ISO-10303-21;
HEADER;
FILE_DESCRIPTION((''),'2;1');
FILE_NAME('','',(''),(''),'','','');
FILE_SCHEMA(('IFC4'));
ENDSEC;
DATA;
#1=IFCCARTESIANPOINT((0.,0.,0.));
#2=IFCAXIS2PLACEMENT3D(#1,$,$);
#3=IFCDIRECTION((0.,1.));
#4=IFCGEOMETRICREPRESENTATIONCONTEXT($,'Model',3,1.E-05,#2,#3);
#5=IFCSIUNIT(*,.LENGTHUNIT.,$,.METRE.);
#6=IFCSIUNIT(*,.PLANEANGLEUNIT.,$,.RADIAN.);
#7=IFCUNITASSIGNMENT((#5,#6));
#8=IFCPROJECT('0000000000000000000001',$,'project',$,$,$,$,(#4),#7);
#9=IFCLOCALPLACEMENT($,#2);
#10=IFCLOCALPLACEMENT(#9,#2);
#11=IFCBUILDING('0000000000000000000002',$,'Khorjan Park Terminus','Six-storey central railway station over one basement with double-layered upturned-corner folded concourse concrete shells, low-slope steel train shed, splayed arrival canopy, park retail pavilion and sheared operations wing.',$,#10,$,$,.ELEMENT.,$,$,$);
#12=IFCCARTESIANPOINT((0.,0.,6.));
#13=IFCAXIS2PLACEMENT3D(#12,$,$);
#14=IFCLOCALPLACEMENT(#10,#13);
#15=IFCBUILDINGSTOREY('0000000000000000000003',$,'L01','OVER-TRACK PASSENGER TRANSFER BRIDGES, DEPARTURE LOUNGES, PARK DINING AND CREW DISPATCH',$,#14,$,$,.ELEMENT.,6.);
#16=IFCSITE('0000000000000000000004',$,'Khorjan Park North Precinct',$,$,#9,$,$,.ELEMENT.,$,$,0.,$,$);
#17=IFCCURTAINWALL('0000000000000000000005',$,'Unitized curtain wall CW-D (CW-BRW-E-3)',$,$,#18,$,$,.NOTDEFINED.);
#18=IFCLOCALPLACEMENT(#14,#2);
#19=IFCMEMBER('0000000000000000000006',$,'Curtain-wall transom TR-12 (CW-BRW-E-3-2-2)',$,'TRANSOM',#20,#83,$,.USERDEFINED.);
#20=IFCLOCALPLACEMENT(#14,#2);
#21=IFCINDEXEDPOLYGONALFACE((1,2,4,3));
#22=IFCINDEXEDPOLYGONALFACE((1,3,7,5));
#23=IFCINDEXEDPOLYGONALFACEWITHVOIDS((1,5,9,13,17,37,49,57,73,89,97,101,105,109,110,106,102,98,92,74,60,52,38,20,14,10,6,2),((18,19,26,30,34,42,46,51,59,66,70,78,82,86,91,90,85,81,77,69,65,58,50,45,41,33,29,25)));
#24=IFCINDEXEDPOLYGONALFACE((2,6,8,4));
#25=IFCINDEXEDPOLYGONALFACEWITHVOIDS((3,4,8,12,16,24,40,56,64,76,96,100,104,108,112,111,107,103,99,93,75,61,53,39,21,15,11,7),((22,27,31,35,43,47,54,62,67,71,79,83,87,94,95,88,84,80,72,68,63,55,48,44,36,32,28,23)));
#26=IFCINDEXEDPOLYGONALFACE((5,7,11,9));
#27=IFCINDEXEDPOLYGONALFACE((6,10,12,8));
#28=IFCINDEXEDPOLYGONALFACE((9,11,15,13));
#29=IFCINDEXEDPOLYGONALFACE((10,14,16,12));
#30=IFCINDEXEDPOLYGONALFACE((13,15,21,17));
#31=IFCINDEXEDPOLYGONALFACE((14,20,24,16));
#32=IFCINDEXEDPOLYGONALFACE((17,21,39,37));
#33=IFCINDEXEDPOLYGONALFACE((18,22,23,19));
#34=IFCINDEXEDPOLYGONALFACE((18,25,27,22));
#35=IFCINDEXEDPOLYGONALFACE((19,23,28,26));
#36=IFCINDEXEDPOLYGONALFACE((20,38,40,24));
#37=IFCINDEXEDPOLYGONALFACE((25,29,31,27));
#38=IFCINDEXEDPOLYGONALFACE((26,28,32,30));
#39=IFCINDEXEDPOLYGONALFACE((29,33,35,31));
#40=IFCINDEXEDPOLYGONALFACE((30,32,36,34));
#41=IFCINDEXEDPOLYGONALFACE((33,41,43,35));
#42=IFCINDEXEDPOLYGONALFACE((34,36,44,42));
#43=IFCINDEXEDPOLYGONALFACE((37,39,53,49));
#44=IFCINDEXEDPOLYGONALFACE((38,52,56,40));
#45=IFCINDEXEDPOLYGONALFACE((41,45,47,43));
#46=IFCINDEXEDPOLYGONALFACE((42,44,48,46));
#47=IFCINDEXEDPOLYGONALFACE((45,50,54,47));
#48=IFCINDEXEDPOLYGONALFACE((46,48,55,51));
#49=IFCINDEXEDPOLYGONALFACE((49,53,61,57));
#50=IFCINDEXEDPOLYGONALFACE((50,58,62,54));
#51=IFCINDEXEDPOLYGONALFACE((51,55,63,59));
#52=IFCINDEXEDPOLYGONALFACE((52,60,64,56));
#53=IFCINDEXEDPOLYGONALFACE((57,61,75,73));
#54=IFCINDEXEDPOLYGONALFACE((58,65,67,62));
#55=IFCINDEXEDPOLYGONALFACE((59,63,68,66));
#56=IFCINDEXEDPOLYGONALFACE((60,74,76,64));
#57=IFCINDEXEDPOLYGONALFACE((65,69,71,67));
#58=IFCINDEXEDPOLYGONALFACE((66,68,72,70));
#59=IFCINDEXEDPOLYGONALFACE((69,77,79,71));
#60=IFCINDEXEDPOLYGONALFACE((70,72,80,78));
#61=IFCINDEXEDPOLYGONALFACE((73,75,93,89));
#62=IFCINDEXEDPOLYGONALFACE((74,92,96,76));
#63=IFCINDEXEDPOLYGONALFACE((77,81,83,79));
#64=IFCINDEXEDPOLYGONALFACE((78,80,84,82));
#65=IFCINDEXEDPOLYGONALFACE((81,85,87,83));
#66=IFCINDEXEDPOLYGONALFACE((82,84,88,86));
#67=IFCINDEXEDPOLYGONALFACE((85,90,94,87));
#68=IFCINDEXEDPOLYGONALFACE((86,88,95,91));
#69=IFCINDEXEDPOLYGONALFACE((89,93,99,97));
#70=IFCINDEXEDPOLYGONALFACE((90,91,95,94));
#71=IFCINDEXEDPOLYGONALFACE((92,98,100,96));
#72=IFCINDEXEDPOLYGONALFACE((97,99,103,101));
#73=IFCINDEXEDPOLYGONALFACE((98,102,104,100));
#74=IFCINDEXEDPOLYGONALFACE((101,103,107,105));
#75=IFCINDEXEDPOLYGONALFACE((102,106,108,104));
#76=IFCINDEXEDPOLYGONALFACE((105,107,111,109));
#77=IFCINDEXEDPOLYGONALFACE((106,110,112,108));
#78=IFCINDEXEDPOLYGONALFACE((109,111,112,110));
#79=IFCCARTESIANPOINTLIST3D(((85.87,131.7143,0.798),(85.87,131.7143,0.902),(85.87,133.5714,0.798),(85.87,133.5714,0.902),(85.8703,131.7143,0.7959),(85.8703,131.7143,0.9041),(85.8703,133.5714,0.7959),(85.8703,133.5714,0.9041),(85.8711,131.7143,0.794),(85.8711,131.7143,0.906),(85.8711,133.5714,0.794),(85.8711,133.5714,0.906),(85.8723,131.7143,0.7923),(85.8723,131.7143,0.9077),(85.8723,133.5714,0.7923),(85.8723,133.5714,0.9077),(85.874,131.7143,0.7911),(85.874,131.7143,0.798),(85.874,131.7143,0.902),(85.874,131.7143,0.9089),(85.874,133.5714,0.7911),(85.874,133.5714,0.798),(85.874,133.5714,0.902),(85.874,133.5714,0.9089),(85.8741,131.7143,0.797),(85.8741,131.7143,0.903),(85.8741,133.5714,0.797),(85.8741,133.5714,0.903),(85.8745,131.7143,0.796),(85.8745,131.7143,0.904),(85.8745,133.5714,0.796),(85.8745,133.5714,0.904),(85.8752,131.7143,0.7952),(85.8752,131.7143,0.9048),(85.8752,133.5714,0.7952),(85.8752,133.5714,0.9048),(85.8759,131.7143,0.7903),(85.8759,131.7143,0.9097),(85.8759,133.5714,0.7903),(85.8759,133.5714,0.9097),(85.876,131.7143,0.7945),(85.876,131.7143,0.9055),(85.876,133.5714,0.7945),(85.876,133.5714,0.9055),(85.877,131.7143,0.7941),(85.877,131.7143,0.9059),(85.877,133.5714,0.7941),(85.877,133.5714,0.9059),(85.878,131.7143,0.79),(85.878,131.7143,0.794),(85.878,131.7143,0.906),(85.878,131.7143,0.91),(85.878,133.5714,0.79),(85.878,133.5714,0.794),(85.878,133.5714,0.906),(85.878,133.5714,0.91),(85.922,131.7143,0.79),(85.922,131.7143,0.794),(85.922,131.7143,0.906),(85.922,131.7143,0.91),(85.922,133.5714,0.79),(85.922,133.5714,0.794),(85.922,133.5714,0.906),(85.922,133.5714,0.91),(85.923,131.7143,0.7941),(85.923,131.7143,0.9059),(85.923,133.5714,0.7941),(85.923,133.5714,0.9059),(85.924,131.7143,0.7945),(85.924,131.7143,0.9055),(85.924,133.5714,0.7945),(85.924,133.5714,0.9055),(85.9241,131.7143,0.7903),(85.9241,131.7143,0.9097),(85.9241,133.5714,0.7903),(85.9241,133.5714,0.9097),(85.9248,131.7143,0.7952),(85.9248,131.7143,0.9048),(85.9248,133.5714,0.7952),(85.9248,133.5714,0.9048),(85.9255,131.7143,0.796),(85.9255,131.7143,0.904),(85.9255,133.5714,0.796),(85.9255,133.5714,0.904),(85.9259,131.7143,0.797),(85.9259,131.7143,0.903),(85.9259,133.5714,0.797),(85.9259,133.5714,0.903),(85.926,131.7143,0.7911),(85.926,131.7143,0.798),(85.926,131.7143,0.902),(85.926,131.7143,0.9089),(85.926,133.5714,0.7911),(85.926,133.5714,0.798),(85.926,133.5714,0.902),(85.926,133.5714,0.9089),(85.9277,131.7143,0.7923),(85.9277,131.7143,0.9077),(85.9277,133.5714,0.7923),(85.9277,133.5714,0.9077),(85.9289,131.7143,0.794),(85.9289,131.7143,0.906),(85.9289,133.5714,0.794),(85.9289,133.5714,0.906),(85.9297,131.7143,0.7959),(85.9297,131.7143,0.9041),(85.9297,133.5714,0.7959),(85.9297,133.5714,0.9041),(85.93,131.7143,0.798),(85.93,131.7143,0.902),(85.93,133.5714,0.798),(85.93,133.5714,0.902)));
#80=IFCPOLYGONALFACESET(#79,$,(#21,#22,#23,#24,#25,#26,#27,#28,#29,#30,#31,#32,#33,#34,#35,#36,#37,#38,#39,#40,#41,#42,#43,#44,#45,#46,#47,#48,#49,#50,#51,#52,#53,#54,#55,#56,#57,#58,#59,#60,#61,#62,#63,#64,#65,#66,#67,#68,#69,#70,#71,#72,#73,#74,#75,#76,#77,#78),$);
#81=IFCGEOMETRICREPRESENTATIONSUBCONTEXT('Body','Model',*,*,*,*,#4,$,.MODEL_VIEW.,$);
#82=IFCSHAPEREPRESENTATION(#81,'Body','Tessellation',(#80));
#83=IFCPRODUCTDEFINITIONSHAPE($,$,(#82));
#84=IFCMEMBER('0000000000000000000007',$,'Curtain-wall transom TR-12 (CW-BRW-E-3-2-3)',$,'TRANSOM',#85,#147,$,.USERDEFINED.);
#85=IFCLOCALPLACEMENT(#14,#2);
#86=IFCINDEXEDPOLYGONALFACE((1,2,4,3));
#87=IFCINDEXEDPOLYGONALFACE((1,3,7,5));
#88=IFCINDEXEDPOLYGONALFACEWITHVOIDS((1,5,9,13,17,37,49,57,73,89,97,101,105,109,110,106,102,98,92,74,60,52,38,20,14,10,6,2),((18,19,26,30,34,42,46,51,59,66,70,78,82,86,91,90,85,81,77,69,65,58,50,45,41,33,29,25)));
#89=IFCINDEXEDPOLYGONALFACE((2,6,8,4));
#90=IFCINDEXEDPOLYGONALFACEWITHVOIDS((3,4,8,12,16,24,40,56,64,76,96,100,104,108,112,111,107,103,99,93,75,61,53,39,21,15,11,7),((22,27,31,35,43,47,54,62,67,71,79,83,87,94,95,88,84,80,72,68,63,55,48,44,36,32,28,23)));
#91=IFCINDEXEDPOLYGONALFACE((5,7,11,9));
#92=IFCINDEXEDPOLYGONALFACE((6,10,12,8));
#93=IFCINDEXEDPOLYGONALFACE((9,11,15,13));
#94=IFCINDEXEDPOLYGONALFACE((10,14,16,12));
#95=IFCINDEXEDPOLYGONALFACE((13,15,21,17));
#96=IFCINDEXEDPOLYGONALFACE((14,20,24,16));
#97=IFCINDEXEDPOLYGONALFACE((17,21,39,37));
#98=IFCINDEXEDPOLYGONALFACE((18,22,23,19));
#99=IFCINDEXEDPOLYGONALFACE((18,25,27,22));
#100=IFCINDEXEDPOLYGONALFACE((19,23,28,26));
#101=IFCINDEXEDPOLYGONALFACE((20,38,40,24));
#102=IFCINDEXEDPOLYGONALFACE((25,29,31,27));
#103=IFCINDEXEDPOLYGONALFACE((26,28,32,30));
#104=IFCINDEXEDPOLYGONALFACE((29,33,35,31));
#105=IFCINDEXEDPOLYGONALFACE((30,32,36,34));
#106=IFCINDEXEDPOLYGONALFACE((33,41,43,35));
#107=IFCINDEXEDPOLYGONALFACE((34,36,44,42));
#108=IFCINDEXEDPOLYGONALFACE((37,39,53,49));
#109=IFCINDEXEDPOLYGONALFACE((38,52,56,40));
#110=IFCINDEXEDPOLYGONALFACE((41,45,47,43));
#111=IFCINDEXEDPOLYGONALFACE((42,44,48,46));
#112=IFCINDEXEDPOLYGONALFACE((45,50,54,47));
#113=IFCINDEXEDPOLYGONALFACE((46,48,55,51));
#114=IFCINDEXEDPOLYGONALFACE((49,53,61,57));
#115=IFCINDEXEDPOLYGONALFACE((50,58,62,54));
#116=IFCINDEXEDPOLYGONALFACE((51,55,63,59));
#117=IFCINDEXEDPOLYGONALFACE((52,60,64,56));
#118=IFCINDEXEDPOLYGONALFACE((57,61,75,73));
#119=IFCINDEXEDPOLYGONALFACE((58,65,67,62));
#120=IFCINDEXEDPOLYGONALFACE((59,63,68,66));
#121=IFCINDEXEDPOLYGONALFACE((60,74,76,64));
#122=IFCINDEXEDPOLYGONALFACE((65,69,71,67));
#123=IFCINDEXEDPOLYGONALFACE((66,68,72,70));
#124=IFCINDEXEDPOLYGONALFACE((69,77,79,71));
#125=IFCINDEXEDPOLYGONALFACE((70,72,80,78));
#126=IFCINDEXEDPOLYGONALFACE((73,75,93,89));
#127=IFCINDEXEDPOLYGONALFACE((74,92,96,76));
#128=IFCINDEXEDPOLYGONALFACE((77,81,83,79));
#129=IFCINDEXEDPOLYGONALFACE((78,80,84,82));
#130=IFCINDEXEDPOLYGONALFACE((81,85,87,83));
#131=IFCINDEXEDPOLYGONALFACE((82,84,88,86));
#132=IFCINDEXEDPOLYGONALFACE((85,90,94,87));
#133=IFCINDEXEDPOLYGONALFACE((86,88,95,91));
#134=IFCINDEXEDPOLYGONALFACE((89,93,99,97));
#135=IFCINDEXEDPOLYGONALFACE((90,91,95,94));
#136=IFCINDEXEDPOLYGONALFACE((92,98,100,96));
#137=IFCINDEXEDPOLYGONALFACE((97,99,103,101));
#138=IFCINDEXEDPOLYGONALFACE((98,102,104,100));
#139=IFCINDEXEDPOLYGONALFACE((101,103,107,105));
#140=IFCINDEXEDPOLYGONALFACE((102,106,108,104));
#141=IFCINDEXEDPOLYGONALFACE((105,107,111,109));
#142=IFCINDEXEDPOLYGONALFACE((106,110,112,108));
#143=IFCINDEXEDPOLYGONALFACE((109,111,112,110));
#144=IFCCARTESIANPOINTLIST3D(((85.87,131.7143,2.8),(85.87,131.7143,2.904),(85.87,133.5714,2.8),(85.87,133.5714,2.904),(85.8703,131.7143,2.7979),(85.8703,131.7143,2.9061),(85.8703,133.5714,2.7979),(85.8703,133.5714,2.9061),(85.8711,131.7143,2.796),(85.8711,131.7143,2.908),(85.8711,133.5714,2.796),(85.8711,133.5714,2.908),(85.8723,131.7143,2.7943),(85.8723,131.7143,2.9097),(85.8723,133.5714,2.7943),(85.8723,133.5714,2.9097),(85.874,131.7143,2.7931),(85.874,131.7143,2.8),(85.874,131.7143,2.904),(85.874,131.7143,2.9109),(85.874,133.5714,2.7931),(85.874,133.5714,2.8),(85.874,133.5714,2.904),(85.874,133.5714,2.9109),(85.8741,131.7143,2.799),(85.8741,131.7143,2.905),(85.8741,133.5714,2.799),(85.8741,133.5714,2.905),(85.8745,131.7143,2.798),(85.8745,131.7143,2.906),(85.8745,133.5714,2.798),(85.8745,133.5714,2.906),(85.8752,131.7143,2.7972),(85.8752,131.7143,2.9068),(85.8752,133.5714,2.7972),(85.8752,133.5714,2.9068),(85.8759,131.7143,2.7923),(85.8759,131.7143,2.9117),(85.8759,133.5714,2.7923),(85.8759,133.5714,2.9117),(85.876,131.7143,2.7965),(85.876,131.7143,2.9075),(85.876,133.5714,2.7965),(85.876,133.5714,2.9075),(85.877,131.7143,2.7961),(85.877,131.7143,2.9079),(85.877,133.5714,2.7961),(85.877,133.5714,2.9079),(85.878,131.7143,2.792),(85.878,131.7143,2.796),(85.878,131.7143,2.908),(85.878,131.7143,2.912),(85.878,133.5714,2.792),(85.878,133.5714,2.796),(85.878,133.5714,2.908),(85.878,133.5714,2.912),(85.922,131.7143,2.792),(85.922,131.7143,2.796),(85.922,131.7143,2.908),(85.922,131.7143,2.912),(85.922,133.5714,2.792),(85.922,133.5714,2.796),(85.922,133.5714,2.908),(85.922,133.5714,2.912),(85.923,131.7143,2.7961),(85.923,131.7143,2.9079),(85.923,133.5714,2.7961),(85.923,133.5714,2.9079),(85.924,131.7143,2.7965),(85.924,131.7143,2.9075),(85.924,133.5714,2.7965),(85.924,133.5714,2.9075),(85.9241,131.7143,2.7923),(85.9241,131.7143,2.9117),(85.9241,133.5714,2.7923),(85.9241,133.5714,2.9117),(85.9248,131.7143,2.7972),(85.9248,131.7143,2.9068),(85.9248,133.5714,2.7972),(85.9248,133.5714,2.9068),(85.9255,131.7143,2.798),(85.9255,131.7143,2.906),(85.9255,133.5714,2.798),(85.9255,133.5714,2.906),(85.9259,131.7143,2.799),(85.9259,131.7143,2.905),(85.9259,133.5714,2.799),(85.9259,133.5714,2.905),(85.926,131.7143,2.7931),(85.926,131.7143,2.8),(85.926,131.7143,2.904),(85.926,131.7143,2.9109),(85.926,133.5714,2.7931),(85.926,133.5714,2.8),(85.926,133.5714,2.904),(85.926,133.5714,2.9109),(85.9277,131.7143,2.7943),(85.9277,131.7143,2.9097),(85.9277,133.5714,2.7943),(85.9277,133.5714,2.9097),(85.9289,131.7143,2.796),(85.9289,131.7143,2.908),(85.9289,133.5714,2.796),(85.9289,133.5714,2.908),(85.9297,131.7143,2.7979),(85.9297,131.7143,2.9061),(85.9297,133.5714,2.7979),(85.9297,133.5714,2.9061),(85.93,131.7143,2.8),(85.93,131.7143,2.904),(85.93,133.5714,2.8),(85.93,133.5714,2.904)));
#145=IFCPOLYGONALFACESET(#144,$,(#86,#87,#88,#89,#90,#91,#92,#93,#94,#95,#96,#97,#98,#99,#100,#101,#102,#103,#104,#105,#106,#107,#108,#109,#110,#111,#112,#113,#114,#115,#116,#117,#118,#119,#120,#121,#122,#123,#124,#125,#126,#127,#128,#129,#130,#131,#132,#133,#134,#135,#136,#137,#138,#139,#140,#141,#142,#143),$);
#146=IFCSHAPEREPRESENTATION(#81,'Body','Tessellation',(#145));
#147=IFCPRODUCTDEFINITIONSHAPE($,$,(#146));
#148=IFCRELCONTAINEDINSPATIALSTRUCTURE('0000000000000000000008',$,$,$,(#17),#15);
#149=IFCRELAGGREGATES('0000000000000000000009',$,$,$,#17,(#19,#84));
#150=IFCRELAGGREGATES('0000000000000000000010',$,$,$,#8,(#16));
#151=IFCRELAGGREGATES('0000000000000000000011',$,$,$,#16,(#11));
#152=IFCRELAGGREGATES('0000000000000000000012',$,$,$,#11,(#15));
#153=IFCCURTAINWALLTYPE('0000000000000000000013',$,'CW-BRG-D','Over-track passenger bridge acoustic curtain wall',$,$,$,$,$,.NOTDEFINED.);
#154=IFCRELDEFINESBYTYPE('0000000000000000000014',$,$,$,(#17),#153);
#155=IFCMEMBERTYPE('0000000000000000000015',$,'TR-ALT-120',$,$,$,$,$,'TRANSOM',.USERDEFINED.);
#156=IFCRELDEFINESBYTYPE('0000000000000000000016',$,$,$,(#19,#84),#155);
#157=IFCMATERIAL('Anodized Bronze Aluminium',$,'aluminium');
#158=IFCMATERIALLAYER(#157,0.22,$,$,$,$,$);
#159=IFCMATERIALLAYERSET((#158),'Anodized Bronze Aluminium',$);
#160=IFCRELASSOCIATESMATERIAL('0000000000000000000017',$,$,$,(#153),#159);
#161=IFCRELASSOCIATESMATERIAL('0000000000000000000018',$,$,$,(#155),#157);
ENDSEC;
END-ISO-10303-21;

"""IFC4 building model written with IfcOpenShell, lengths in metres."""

from ifc_helpers import new_model, si_unit, direction, frame, origin, origin_2d, place, context, subcontext, project, spatial, hollow_rectangle, extrude, material, layer, layer_set, material_profile, profile_set, type_object, element, aggregate, save


model = new_model("IFC4")

# Units and contexts
model_context = context("Model", 3, precision=1e-05, world=origin(), true_north=direction((0.0, 1.0)))
body_context = subcontext(model_context, "Body", "Model", "MODEL_VIEW")
ifc_project = project(units=[si_unit("LENGTHUNIT", "METRE"), si_unit("PLANEANGLEUNIT", "RADIAN")], contexts=[model_context])

# Site, building, storey
site_placement = place(None, origin())
site = spatial("IfcSite", under=ifc_project, at=site_placement, Name="Khorjan Park North Precinct", CompositionType="ELEMENT", RefElevation=0.0)
building_placement = place(site_placement, origin())
building = spatial("IfcBuilding", under=site, at=building_placement, Name="Khorjan Park Terminus", Description="Six-storey central railway station over one basement with double-layered upturned-corner folded concourse concrete shells, low-slope steel train shed, splayed arrival canopy, park retail pavilion and sheared operations wing.", CompositionType="ELEMENT")
storey_placement = place(building_placement, frame((0.0, 0.0, 6.0)))
storey = spatial("IfcBuildingStorey", under=building, at=storey_placement, Name="L01", Description="OVER-TRACK PASSENGER TRANSFER BRIDGES, DEPARTURE LOUNGES, PARK DINING AND CREW DISPATCH", CompositionType="ELEMENT", Elevation=6.0)

# Shared definitions
ifc_material_1 = material(Name="Anodized Bronze Aluminium", Category="aluminium")
ifc_layer_1 = layer(ifc_material_1, 0.22)
ifc_layer_set_1 = layer_set([ifc_layer_1], Name="Anodized Bronze Aluminium")
curtain_wall_type = type_object("IfcCurtainWallType", Name="CW-BRG-D", Description="Over-track passenger bridge acoustic curtain wall", PredefinedType="NOTDEFINED", material=ifc_layer_set_1)

# Curtain wall
curtain_wall_1_placement = place(storey_placement, origin())
curtain_wall_1 = element("IfcCurtainWall", 1, at=curtain_wall_1_placement, inside=storey, type_object=curtain_wall_type, Name="Unitized curtain wall CW-D (CW-BRW-E-3)", PredefinedType="NOTDEFINED")

# Members
ifc_material_profile_1 = material_profile(ifc_material_1, hollow_rectangle(XDim=0.06, YDim=0.12, WallThickness=0.004, InnerFilletRadius=0.004, OuterFilletRadius=0.008, at=origin_2d()), Name="ALT 60x120x4")
ifc_profile_set_1 = profile_set([ifc_material_profile_1], Name="Anodized Bronze Aluminium")
member_type_1 = type_object("IfcMemberType", Name="TR-ALT-120", ElementType="TRANSOM", PredefinedType="USERDEFINED", material=ifc_profile_set_1)
member_1_placement = place(storey_placement, frame((85.9, 131.7143, 0.85), z_axis=(0.0, 1.0, 0.0), x_axis=(-1.0, 0.0, 0.0)))
member_1 = element("IfcMember", 2, at=member_1_placement, type_object=member_type_1, Name="Curtain-wall transom TR-12 (CW-BRW-E-3-2-2)", ObjectType="TRANSOM", PredefinedType="USERDEFINED", context=body_context, shape_type="SweptSolid", body=[
    extrude(hollow_rectangle(XDim=0.06, YDim=0.12, WallThickness=0.004, InnerFilletRadius=0.004, OuterFilletRadius=0.008, at=origin_2d()), origin(), (0.0, 0.0, 1.0), 1.8571),
])
member_2_placement = place(storey_placement, frame((85.9, 131.7143, 2.852), z_axis=(0.0, 1.0, 0.0), x_axis=(-1.0, 0.0, 0.0)))
member_2 = element("IfcMember", 3, at=member_2_placement, type_object=member_type_1, Name="Curtain-wall transom TR-12 (CW-BRW-E-3-2-3)", ObjectType="TRANSOM", PredefinedType="USERDEFINED", context=body_context, shape_type="SweptSolid", body=[
    extrude(hollow_rectangle(XDim=0.06, YDim=0.12, WallThickness=0.004, InnerFilletRadius=0.004, OuterFilletRadius=0.008, at=origin_2d()), origin(), (0.0, 0.0, 1.0), 1.8571),
])

aggregate(curtain_wall_1, [member_1, member_2])

save(model, "model.ifc")
